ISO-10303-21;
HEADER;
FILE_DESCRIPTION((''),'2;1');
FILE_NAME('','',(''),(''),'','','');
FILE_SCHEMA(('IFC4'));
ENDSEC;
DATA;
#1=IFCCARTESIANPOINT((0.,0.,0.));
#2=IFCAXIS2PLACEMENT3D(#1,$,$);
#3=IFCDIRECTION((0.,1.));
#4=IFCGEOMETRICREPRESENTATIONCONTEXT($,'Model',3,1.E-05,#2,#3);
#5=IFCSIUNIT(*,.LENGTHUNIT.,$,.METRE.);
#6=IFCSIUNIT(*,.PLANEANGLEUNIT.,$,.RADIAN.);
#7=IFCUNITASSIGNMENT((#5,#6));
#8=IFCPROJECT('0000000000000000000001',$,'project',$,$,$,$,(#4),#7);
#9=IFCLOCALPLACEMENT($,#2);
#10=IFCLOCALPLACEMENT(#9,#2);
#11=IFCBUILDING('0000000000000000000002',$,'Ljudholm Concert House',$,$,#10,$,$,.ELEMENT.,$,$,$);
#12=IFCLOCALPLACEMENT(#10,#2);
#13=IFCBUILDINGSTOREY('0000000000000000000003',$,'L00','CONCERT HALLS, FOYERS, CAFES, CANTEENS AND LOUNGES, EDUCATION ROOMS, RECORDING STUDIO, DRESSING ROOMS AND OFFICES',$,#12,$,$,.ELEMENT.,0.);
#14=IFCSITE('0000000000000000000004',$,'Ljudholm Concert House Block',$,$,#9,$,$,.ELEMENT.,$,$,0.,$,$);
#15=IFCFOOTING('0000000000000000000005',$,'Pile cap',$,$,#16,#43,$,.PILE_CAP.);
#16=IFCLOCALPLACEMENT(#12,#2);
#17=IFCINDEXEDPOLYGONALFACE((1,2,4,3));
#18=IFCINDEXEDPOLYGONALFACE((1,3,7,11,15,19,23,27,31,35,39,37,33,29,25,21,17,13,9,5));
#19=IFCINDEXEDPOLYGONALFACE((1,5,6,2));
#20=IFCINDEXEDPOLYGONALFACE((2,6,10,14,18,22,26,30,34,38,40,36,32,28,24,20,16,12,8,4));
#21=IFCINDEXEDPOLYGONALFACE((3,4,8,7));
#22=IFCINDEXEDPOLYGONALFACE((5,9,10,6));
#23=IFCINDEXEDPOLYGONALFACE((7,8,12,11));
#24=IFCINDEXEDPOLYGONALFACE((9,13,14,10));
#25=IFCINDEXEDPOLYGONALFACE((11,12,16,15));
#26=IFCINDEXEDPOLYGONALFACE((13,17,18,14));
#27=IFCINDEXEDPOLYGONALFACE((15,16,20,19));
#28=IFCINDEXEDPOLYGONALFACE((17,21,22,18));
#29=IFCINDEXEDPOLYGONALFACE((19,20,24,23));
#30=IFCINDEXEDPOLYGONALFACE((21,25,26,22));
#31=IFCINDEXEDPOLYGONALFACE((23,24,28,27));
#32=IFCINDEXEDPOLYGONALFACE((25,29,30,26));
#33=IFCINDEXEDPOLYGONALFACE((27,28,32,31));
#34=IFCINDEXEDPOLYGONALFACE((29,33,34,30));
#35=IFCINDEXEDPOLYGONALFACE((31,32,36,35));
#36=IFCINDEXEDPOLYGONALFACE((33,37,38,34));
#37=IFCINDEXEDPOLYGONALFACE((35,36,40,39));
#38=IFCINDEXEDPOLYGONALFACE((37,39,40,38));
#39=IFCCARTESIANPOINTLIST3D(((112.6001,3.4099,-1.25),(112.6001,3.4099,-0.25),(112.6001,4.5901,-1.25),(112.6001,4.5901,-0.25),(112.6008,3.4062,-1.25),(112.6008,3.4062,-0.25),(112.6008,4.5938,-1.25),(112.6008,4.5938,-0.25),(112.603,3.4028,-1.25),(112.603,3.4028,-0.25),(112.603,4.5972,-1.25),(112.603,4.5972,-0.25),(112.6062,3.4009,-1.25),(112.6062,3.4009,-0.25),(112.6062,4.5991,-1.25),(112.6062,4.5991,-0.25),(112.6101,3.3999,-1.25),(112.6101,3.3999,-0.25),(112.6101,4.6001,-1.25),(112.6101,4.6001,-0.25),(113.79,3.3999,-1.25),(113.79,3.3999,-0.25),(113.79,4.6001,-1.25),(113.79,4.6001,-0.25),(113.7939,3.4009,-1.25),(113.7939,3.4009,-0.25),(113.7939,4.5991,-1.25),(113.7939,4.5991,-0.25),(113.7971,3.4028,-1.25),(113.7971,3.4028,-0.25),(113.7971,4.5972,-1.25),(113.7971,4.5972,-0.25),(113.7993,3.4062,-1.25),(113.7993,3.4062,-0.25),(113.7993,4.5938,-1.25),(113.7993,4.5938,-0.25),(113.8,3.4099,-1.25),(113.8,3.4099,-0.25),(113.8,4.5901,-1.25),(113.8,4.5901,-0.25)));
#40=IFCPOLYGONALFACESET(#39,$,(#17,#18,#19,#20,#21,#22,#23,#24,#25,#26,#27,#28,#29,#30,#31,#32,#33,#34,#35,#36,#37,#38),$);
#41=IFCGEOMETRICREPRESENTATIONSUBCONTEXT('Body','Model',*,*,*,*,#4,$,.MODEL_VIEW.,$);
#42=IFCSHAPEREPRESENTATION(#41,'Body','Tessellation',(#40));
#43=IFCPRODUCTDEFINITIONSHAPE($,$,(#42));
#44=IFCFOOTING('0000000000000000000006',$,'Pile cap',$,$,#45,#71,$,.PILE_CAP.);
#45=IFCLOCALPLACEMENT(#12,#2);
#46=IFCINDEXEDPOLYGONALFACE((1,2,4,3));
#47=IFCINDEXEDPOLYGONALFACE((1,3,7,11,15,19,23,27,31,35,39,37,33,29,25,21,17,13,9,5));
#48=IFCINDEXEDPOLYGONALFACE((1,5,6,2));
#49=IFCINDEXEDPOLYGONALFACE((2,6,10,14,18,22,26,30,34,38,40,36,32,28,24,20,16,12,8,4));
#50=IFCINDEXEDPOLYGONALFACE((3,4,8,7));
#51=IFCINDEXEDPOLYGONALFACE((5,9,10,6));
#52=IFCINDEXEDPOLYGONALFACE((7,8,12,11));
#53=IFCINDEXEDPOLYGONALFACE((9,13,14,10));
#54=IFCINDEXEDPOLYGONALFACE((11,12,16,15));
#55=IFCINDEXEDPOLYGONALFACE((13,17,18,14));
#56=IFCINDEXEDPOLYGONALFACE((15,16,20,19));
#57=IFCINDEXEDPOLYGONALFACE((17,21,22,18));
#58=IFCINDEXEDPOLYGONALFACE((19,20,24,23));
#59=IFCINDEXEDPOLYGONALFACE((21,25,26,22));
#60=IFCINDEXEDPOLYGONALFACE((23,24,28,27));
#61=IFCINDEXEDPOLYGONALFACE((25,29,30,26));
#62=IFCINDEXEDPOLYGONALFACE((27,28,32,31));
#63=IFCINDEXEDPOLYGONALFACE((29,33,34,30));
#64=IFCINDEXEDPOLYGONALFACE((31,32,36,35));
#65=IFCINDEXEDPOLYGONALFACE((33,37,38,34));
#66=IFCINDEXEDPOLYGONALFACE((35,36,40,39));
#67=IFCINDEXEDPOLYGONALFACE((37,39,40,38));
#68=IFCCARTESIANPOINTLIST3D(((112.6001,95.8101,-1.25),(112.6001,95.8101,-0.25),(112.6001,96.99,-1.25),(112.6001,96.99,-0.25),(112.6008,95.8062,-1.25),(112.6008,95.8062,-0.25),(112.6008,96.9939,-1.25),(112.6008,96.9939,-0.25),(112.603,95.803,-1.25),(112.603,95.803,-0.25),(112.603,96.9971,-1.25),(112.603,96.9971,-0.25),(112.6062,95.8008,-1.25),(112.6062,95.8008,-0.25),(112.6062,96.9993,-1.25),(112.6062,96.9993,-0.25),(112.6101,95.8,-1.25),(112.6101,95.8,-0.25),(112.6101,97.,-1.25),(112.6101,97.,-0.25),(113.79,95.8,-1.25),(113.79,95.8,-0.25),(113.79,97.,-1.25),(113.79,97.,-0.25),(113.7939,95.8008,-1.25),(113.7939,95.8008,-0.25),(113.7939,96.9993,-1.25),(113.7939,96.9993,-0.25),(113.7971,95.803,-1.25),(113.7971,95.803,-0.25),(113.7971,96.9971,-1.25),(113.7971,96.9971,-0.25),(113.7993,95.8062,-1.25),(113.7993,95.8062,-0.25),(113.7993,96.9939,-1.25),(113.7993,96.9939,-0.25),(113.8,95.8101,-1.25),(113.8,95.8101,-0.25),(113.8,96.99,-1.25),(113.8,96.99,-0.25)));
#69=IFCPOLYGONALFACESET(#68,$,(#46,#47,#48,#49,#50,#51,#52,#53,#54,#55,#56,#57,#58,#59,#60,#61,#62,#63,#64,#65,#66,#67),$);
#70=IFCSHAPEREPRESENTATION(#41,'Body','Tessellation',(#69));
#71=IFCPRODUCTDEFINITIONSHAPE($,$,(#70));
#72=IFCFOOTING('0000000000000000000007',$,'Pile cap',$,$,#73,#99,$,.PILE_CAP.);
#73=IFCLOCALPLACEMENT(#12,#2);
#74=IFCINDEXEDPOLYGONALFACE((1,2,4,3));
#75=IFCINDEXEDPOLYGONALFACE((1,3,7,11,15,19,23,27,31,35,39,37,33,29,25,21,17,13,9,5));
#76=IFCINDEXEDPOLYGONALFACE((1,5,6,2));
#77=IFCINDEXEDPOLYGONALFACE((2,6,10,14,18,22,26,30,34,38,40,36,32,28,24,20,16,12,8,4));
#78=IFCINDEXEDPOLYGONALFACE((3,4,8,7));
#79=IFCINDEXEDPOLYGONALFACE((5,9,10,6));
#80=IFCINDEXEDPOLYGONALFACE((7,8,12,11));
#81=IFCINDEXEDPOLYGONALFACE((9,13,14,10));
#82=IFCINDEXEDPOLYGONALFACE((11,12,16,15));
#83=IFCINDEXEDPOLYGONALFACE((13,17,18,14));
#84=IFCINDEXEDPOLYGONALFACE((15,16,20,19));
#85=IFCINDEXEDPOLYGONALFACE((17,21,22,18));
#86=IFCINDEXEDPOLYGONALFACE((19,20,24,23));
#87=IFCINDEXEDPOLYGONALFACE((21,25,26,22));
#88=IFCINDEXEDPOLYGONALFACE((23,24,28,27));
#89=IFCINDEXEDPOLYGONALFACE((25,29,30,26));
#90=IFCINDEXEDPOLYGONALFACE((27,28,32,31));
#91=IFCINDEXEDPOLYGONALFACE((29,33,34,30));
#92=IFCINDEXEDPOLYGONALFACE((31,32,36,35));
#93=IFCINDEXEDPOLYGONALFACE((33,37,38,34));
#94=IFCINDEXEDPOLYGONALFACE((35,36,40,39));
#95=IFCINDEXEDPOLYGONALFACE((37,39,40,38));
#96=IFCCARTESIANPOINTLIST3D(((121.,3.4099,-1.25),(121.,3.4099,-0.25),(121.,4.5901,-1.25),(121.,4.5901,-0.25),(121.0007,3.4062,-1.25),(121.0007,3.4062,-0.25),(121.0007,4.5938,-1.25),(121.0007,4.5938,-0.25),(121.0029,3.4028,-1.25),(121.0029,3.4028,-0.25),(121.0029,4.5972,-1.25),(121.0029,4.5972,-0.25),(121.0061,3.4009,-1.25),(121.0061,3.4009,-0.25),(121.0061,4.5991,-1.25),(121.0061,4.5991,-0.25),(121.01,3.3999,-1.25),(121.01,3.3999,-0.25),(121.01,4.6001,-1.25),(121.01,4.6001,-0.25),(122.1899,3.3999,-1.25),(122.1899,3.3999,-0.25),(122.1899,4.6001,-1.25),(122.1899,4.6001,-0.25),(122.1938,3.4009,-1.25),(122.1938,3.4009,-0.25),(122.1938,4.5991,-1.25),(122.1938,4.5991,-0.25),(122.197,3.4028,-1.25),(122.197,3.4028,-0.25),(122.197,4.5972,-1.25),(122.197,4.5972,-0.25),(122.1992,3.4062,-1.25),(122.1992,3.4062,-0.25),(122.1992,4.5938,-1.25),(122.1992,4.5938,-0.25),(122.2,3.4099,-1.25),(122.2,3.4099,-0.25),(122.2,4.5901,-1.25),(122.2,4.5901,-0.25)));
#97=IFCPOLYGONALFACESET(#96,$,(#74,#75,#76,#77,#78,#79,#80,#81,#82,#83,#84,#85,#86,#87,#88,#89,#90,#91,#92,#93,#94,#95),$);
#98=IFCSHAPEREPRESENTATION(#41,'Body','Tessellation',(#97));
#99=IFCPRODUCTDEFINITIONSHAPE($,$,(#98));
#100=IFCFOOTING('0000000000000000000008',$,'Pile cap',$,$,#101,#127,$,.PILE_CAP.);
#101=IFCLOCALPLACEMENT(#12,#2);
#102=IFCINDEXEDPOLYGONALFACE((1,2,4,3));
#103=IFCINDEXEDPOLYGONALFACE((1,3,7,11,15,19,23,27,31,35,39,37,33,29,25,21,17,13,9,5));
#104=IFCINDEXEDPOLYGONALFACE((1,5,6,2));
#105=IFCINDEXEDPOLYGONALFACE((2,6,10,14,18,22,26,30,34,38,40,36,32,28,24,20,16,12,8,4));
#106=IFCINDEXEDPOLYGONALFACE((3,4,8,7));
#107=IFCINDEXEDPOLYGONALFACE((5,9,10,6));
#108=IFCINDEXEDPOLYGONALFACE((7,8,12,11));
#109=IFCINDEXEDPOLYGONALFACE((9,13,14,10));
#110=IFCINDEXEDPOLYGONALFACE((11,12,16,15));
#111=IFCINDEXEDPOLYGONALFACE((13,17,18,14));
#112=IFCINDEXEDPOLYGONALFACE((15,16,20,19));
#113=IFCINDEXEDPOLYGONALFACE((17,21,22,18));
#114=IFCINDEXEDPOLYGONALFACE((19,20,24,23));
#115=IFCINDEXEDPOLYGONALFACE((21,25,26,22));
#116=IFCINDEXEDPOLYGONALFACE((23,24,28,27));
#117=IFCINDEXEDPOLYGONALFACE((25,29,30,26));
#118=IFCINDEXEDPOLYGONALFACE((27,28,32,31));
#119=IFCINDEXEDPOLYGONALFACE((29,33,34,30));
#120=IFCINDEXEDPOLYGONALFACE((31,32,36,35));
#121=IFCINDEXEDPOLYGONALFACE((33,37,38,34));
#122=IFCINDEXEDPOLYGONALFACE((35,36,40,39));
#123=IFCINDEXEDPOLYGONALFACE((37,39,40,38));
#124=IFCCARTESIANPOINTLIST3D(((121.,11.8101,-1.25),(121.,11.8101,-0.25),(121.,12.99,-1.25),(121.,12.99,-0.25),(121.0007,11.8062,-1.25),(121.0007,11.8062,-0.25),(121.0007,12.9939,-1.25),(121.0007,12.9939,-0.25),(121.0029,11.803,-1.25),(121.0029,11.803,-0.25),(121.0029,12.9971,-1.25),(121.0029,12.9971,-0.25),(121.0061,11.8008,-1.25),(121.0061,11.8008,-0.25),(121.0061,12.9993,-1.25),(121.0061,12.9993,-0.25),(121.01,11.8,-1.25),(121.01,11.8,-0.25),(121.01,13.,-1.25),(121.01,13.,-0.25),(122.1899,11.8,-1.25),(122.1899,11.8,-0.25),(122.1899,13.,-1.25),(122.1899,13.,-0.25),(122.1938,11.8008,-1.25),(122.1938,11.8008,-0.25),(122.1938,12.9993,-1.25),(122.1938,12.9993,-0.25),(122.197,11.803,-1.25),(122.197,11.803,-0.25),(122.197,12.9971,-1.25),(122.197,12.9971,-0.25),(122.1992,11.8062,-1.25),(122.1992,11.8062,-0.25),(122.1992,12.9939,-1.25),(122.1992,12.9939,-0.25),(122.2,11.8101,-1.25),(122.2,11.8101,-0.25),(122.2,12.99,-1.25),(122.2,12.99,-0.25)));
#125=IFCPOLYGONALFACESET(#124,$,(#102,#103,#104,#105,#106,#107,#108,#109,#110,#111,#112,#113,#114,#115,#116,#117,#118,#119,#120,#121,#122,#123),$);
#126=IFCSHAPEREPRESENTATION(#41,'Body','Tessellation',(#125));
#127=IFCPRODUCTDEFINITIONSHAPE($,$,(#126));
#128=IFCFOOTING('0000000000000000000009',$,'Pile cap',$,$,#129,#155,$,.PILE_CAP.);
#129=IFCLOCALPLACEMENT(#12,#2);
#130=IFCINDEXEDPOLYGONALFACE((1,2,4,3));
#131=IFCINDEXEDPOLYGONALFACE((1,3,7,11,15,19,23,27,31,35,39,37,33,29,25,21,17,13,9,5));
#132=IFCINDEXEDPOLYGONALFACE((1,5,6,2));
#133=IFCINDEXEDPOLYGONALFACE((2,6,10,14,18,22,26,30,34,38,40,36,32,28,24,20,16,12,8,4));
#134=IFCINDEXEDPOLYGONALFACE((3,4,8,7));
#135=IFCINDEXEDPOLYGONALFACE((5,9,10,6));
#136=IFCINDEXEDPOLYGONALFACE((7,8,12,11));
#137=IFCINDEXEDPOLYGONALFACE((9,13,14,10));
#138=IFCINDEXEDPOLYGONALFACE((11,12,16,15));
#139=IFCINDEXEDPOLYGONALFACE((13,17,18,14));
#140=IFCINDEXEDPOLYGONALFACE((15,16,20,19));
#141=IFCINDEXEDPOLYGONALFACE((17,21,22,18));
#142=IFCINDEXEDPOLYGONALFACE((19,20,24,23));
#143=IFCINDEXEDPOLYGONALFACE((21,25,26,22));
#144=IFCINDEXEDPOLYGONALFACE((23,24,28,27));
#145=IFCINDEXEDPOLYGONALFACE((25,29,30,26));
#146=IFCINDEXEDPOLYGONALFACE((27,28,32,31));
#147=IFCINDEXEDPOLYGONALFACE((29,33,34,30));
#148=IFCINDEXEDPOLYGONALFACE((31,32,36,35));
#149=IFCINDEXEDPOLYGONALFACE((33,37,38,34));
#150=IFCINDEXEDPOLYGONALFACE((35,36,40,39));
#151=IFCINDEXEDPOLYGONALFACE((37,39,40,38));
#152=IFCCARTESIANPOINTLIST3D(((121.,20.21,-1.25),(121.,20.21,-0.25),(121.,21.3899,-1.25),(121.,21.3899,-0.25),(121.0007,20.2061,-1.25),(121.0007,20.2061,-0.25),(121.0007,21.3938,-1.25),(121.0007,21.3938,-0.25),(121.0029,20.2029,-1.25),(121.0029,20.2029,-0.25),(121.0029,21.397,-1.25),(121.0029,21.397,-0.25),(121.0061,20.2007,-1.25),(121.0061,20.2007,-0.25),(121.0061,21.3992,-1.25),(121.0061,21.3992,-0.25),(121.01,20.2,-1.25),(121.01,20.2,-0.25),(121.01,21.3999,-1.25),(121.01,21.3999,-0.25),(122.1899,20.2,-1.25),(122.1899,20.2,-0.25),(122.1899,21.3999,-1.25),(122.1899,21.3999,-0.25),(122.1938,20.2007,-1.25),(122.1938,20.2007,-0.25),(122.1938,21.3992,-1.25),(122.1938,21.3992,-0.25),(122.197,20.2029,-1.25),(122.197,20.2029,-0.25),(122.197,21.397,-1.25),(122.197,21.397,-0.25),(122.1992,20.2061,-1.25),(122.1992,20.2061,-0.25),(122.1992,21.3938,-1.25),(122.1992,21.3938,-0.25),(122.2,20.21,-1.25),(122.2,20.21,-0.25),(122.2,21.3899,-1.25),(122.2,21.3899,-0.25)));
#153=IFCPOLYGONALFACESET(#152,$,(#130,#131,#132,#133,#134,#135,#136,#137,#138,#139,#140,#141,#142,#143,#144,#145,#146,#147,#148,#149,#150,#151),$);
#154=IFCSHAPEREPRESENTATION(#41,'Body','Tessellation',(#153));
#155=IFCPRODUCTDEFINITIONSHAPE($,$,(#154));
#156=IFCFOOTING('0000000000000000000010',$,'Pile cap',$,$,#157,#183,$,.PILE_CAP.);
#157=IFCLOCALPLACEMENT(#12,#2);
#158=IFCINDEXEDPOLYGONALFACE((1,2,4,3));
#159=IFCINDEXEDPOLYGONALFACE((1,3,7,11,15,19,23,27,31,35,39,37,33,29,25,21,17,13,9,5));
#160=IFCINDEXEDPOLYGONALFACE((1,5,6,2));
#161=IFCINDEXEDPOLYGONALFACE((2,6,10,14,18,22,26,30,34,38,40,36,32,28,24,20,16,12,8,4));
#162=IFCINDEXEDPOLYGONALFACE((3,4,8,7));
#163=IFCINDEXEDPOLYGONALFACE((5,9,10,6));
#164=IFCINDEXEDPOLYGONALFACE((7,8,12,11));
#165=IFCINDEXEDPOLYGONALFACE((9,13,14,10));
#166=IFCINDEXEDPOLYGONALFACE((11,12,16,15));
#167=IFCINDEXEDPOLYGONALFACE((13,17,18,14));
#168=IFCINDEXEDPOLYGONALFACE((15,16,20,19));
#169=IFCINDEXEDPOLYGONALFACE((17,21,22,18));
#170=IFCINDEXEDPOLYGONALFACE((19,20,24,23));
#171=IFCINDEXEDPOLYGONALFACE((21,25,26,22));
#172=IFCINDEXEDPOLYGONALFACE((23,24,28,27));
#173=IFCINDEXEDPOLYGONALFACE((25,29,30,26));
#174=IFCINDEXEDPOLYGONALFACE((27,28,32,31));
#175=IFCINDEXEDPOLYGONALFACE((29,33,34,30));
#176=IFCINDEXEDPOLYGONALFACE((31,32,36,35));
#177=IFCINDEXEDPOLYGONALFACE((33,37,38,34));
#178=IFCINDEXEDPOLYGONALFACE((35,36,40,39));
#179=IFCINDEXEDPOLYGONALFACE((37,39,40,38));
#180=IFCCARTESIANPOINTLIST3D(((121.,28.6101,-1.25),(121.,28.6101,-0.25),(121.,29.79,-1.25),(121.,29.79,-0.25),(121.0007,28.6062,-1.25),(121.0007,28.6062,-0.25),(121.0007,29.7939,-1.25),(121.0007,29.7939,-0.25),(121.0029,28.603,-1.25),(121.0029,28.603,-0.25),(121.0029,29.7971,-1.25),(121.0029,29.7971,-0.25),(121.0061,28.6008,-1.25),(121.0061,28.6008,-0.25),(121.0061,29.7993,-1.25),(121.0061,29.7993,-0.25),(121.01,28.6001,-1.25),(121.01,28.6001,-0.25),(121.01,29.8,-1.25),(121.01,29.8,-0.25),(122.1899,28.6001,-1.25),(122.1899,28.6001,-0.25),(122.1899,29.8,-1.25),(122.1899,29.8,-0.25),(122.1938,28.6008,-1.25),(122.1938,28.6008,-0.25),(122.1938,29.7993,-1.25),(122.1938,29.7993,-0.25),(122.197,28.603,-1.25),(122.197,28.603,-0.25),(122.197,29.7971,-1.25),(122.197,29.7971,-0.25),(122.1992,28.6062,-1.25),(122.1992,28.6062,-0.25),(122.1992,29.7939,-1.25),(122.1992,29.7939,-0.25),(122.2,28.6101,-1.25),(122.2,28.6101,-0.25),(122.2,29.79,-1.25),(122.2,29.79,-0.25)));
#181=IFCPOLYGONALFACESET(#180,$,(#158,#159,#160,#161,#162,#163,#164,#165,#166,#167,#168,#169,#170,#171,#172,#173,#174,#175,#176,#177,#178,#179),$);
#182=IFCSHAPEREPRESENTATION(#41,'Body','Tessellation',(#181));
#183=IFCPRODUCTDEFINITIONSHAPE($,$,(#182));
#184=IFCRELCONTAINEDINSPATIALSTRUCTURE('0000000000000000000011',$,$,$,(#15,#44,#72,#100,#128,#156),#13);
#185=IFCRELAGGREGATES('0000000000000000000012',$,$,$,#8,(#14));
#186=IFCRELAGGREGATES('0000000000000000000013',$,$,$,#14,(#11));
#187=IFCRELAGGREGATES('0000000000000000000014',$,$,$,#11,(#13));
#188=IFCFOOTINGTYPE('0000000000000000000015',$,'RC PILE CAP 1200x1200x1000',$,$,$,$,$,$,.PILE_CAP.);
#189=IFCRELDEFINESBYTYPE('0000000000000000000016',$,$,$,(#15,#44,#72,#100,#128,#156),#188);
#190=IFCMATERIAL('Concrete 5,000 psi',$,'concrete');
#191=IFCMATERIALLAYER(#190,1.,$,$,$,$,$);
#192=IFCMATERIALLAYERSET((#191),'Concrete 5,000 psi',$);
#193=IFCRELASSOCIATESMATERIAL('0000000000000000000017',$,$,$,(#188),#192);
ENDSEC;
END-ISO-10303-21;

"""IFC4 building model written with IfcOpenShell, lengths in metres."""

from ifc_helpers import new_model, si_unit, direction, frame, origin, place, context, subcontext, project, spatial, polyline, outline, extrude, material, layer, layer_set, type_object, element, save


model = new_model("IFC4")

# Units and contexts
model_context = context("Model", 3, precision=1e-05, world=origin(), true_north=direction((0.0, 1.0)))
body_context = subcontext(model_context, "Body", "Model", "MODEL_VIEW")
ifc_project = project(units=[si_unit("LENGTHUNIT", "METRE"), si_unit("PLANEANGLEUNIT", "RADIAN")], contexts=[model_context])

# Site, building, storey
site_placement = place(None, origin())
site = spatial("IfcSite", under=ifc_project, at=site_placement, Name="Ljudholm Concert House Block", CompositionType="ELEMENT", RefElevation=0.0)
building_placement = place(site_placement, origin())
building = spatial("IfcBuilding", under=site, at=building_placement, Name="Ljudholm Concert House", CompositionType="ELEMENT")
storey_placement = place(building_placement, origin())
storey = spatial("IfcBuildingStorey", under=building, at=storey_placement, Name="L00", Description="CONCERT HALLS, FOYERS, CAFES, CANTEENS AND LOUNGES, EDUCATION ROOMS, RECORDING STUDIO, DRESSING ROOMS AND OFFICES", CompositionType="ELEMENT", Elevation=0.0)

# Footings
ifc_material_1 = material(Name="Concrete 5,000 psi", Category="concrete")
ifc_layer_1 = layer(ifc_material_1, 1.0)
ifc_layer_set_1 = layer_set([ifc_layer_1], Name="Concrete 5,000 psi")
footing_type_1 = type_object("IfcFootingType", Name="RC PILE CAP 1200x1200x1000", PredefinedType="PILE_CAP", material=ifc_layer_set_1)
footing_1_placement = place(storey_placement, frame((0.0, 0.0, -1.25)))
element("IfcFooting", 1, at=footing_1_placement, inside=storey, type_object=footing_type_1, Name="Pile cap", PredefinedType="PILE_CAP", context=body_context, shape_type="SweptSolid", body=[
    extrude(outline(polyline([(112.6001, 4.5901), (112.6001, 3.4099), (112.6008, 3.4062), (112.603, 3.4028), (112.6062, 3.4009), (112.6101, 3.3999), (113.79, 3.3999), (113.7939, 3.4009), (113.7971, 3.4028), (113.7993, 3.4062), (113.8, 3.4099), (113.8, 4.5901), (113.7993, 4.5938), (113.7971, 4.5972), (113.7939, 4.5991), (113.79, 4.6001), (112.6101, 4.6001), (112.6062, 4.5991), (112.603, 4.5972), (112.6008, 4.5938), (112.6001, 4.5901)])), origin(), (0.0, 0.0, 1.0), 1.0),
])
footing_2_placement = place(storey_placement, frame((0.0, 0.0, -1.25)))
element("IfcFooting", 2, at=footing_2_placement, inside=storey, type_object=footing_type_1, Name="Pile cap", PredefinedType="PILE_CAP", context=body_context, shape_type="SweptSolid", body=[
    extrude(outline(polyline([(112.6001, 96.99), (112.6001, 95.8101), (112.6008, 95.8062), (112.603, 95.803), (112.6062, 95.8008), (112.6101, 95.8), (113.79, 95.8), (113.7939, 95.8008), (113.7971, 95.803), (113.7993, 95.8062), (113.8, 95.8101), (113.8, 96.99), (113.7993, 96.9939), (113.7971, 96.9971), (113.7939, 96.9993), (113.79, 97.0), (112.6101, 97.0), (112.6062, 96.9993), (112.603, 96.9971), (112.6008, 96.9939), (112.6001, 96.99)])), origin(), (0.0, 0.0, 1.0), 1.0),
])
footing_3_placement = place(storey_placement, frame((0.0, 0.0, -1.25)))
element("IfcFooting", 3, at=footing_3_placement, inside=storey, type_object=footing_type_1, Name="Pile cap", PredefinedType="PILE_CAP", context=body_context, shape_type="SweptSolid", body=[
    extrude(outline(polyline([(121.01, 3.3999), (122.1899, 3.3999), (122.1938, 3.4009), (122.197, 3.4028), (122.1992, 3.4062), (122.2, 3.4099), (122.2, 4.5901), (122.1992, 4.5938), (122.197, 4.5972), (122.1938, 4.5991), (122.1899, 4.6001), (121.01, 4.6001), (121.0061, 4.5991), (121.0029, 4.5972), (121.0007, 4.5938), (121.0, 4.5901), (121.0, 3.4099), (121.0007, 3.4062), (121.0029, 3.4028), (121.0061, 3.4009), (121.01, 3.3999)])), origin(), (0.0, 0.0, 1.0), 1.0),
])
footing_4_placement = place(storey_placement, frame((0.0, 0.0, -1.25)))
element("IfcFooting", 4, at=footing_4_placement, inside=storey, type_object=footing_type_1, Name="Pile cap", PredefinedType="PILE_CAP", context=body_context, shape_type="SweptSolid", body=[
    extrude(outline(polyline([(121.0, 12.99), (121.0, 11.8101), (121.0007, 11.8062), (121.0029, 11.803), (121.0061, 11.8008), (121.01, 11.8), (122.1899, 11.8), (122.1938, 11.8008), (122.197, 11.803), (122.1992, 11.8062), (122.2, 11.8101), (122.2, 12.99), (122.1992, 12.9939), (122.197, 12.9971), (122.1938, 12.9993), (122.1899, 13.0), (121.01, 13.0), (121.0061, 12.9993), (121.0029, 12.9971), (121.0007, 12.9939), (121.0, 12.99)])), origin(), (0.0, 0.0, 1.0), 1.0),
])
footing_5_placement = place(storey_placement, frame((0.0, 0.0, -1.25)))
element("IfcFooting", 5, at=footing_5_placement, inside=storey, type_object=footing_type_1, Name="Pile cap", PredefinedType="PILE_CAP", context=body_context, shape_type="SweptSolid", body=[
    extrude(outline(polyline([(121.0, 21.3899), (121.0, 20.21), (121.0007, 20.2061), (121.0029, 20.2029), (121.0061, 20.2007), (121.01, 20.2), (122.1899, 20.2), (122.1938, 20.2007), (122.197, 20.2029), (122.1992, 20.2061), (122.2, 20.21), (122.2, 21.3899), (122.1992, 21.3938), (122.197, 21.397), (122.1938, 21.3992), (122.1899, 21.3999), (121.01, 21.3999), (121.0061, 21.3992), (121.0029, 21.397), (121.0007, 21.3938), (121.0, 21.3899)])), origin(), (0.0, 0.0, 1.0), 1.0),
])
footing_6_placement = place(storey_placement, frame((0.0, 0.0, -1.25)))
element("IfcFooting", 6, at=footing_6_placement, inside=storey, type_object=footing_type_1, Name="Pile cap", PredefinedType="PILE_CAP", context=body_context, shape_type="SweptSolid", body=[
    extrude(outline(polyline([(121.01, 28.6001), (122.1899, 28.6001), (122.1938, 28.6008), (122.197, 28.603), (122.1992, 28.6062), (122.2, 28.6101), (122.2, 29.79), (122.1992, 29.7939), (122.197, 29.7971), (122.1938, 29.7993), (122.1899, 29.8), (121.01, 29.8), (121.0061, 29.7993), (121.0029, 29.7971), (121.0007, 29.7939), (121.0, 29.79), (121.0, 28.6101), (121.0007, 28.6062), (121.0029, 28.603), (121.0061, 28.6008), (121.01, 28.6001)])), origin(), (0.0, 0.0, 1.0), 1.0),
])

save(model, "model.ifc")
